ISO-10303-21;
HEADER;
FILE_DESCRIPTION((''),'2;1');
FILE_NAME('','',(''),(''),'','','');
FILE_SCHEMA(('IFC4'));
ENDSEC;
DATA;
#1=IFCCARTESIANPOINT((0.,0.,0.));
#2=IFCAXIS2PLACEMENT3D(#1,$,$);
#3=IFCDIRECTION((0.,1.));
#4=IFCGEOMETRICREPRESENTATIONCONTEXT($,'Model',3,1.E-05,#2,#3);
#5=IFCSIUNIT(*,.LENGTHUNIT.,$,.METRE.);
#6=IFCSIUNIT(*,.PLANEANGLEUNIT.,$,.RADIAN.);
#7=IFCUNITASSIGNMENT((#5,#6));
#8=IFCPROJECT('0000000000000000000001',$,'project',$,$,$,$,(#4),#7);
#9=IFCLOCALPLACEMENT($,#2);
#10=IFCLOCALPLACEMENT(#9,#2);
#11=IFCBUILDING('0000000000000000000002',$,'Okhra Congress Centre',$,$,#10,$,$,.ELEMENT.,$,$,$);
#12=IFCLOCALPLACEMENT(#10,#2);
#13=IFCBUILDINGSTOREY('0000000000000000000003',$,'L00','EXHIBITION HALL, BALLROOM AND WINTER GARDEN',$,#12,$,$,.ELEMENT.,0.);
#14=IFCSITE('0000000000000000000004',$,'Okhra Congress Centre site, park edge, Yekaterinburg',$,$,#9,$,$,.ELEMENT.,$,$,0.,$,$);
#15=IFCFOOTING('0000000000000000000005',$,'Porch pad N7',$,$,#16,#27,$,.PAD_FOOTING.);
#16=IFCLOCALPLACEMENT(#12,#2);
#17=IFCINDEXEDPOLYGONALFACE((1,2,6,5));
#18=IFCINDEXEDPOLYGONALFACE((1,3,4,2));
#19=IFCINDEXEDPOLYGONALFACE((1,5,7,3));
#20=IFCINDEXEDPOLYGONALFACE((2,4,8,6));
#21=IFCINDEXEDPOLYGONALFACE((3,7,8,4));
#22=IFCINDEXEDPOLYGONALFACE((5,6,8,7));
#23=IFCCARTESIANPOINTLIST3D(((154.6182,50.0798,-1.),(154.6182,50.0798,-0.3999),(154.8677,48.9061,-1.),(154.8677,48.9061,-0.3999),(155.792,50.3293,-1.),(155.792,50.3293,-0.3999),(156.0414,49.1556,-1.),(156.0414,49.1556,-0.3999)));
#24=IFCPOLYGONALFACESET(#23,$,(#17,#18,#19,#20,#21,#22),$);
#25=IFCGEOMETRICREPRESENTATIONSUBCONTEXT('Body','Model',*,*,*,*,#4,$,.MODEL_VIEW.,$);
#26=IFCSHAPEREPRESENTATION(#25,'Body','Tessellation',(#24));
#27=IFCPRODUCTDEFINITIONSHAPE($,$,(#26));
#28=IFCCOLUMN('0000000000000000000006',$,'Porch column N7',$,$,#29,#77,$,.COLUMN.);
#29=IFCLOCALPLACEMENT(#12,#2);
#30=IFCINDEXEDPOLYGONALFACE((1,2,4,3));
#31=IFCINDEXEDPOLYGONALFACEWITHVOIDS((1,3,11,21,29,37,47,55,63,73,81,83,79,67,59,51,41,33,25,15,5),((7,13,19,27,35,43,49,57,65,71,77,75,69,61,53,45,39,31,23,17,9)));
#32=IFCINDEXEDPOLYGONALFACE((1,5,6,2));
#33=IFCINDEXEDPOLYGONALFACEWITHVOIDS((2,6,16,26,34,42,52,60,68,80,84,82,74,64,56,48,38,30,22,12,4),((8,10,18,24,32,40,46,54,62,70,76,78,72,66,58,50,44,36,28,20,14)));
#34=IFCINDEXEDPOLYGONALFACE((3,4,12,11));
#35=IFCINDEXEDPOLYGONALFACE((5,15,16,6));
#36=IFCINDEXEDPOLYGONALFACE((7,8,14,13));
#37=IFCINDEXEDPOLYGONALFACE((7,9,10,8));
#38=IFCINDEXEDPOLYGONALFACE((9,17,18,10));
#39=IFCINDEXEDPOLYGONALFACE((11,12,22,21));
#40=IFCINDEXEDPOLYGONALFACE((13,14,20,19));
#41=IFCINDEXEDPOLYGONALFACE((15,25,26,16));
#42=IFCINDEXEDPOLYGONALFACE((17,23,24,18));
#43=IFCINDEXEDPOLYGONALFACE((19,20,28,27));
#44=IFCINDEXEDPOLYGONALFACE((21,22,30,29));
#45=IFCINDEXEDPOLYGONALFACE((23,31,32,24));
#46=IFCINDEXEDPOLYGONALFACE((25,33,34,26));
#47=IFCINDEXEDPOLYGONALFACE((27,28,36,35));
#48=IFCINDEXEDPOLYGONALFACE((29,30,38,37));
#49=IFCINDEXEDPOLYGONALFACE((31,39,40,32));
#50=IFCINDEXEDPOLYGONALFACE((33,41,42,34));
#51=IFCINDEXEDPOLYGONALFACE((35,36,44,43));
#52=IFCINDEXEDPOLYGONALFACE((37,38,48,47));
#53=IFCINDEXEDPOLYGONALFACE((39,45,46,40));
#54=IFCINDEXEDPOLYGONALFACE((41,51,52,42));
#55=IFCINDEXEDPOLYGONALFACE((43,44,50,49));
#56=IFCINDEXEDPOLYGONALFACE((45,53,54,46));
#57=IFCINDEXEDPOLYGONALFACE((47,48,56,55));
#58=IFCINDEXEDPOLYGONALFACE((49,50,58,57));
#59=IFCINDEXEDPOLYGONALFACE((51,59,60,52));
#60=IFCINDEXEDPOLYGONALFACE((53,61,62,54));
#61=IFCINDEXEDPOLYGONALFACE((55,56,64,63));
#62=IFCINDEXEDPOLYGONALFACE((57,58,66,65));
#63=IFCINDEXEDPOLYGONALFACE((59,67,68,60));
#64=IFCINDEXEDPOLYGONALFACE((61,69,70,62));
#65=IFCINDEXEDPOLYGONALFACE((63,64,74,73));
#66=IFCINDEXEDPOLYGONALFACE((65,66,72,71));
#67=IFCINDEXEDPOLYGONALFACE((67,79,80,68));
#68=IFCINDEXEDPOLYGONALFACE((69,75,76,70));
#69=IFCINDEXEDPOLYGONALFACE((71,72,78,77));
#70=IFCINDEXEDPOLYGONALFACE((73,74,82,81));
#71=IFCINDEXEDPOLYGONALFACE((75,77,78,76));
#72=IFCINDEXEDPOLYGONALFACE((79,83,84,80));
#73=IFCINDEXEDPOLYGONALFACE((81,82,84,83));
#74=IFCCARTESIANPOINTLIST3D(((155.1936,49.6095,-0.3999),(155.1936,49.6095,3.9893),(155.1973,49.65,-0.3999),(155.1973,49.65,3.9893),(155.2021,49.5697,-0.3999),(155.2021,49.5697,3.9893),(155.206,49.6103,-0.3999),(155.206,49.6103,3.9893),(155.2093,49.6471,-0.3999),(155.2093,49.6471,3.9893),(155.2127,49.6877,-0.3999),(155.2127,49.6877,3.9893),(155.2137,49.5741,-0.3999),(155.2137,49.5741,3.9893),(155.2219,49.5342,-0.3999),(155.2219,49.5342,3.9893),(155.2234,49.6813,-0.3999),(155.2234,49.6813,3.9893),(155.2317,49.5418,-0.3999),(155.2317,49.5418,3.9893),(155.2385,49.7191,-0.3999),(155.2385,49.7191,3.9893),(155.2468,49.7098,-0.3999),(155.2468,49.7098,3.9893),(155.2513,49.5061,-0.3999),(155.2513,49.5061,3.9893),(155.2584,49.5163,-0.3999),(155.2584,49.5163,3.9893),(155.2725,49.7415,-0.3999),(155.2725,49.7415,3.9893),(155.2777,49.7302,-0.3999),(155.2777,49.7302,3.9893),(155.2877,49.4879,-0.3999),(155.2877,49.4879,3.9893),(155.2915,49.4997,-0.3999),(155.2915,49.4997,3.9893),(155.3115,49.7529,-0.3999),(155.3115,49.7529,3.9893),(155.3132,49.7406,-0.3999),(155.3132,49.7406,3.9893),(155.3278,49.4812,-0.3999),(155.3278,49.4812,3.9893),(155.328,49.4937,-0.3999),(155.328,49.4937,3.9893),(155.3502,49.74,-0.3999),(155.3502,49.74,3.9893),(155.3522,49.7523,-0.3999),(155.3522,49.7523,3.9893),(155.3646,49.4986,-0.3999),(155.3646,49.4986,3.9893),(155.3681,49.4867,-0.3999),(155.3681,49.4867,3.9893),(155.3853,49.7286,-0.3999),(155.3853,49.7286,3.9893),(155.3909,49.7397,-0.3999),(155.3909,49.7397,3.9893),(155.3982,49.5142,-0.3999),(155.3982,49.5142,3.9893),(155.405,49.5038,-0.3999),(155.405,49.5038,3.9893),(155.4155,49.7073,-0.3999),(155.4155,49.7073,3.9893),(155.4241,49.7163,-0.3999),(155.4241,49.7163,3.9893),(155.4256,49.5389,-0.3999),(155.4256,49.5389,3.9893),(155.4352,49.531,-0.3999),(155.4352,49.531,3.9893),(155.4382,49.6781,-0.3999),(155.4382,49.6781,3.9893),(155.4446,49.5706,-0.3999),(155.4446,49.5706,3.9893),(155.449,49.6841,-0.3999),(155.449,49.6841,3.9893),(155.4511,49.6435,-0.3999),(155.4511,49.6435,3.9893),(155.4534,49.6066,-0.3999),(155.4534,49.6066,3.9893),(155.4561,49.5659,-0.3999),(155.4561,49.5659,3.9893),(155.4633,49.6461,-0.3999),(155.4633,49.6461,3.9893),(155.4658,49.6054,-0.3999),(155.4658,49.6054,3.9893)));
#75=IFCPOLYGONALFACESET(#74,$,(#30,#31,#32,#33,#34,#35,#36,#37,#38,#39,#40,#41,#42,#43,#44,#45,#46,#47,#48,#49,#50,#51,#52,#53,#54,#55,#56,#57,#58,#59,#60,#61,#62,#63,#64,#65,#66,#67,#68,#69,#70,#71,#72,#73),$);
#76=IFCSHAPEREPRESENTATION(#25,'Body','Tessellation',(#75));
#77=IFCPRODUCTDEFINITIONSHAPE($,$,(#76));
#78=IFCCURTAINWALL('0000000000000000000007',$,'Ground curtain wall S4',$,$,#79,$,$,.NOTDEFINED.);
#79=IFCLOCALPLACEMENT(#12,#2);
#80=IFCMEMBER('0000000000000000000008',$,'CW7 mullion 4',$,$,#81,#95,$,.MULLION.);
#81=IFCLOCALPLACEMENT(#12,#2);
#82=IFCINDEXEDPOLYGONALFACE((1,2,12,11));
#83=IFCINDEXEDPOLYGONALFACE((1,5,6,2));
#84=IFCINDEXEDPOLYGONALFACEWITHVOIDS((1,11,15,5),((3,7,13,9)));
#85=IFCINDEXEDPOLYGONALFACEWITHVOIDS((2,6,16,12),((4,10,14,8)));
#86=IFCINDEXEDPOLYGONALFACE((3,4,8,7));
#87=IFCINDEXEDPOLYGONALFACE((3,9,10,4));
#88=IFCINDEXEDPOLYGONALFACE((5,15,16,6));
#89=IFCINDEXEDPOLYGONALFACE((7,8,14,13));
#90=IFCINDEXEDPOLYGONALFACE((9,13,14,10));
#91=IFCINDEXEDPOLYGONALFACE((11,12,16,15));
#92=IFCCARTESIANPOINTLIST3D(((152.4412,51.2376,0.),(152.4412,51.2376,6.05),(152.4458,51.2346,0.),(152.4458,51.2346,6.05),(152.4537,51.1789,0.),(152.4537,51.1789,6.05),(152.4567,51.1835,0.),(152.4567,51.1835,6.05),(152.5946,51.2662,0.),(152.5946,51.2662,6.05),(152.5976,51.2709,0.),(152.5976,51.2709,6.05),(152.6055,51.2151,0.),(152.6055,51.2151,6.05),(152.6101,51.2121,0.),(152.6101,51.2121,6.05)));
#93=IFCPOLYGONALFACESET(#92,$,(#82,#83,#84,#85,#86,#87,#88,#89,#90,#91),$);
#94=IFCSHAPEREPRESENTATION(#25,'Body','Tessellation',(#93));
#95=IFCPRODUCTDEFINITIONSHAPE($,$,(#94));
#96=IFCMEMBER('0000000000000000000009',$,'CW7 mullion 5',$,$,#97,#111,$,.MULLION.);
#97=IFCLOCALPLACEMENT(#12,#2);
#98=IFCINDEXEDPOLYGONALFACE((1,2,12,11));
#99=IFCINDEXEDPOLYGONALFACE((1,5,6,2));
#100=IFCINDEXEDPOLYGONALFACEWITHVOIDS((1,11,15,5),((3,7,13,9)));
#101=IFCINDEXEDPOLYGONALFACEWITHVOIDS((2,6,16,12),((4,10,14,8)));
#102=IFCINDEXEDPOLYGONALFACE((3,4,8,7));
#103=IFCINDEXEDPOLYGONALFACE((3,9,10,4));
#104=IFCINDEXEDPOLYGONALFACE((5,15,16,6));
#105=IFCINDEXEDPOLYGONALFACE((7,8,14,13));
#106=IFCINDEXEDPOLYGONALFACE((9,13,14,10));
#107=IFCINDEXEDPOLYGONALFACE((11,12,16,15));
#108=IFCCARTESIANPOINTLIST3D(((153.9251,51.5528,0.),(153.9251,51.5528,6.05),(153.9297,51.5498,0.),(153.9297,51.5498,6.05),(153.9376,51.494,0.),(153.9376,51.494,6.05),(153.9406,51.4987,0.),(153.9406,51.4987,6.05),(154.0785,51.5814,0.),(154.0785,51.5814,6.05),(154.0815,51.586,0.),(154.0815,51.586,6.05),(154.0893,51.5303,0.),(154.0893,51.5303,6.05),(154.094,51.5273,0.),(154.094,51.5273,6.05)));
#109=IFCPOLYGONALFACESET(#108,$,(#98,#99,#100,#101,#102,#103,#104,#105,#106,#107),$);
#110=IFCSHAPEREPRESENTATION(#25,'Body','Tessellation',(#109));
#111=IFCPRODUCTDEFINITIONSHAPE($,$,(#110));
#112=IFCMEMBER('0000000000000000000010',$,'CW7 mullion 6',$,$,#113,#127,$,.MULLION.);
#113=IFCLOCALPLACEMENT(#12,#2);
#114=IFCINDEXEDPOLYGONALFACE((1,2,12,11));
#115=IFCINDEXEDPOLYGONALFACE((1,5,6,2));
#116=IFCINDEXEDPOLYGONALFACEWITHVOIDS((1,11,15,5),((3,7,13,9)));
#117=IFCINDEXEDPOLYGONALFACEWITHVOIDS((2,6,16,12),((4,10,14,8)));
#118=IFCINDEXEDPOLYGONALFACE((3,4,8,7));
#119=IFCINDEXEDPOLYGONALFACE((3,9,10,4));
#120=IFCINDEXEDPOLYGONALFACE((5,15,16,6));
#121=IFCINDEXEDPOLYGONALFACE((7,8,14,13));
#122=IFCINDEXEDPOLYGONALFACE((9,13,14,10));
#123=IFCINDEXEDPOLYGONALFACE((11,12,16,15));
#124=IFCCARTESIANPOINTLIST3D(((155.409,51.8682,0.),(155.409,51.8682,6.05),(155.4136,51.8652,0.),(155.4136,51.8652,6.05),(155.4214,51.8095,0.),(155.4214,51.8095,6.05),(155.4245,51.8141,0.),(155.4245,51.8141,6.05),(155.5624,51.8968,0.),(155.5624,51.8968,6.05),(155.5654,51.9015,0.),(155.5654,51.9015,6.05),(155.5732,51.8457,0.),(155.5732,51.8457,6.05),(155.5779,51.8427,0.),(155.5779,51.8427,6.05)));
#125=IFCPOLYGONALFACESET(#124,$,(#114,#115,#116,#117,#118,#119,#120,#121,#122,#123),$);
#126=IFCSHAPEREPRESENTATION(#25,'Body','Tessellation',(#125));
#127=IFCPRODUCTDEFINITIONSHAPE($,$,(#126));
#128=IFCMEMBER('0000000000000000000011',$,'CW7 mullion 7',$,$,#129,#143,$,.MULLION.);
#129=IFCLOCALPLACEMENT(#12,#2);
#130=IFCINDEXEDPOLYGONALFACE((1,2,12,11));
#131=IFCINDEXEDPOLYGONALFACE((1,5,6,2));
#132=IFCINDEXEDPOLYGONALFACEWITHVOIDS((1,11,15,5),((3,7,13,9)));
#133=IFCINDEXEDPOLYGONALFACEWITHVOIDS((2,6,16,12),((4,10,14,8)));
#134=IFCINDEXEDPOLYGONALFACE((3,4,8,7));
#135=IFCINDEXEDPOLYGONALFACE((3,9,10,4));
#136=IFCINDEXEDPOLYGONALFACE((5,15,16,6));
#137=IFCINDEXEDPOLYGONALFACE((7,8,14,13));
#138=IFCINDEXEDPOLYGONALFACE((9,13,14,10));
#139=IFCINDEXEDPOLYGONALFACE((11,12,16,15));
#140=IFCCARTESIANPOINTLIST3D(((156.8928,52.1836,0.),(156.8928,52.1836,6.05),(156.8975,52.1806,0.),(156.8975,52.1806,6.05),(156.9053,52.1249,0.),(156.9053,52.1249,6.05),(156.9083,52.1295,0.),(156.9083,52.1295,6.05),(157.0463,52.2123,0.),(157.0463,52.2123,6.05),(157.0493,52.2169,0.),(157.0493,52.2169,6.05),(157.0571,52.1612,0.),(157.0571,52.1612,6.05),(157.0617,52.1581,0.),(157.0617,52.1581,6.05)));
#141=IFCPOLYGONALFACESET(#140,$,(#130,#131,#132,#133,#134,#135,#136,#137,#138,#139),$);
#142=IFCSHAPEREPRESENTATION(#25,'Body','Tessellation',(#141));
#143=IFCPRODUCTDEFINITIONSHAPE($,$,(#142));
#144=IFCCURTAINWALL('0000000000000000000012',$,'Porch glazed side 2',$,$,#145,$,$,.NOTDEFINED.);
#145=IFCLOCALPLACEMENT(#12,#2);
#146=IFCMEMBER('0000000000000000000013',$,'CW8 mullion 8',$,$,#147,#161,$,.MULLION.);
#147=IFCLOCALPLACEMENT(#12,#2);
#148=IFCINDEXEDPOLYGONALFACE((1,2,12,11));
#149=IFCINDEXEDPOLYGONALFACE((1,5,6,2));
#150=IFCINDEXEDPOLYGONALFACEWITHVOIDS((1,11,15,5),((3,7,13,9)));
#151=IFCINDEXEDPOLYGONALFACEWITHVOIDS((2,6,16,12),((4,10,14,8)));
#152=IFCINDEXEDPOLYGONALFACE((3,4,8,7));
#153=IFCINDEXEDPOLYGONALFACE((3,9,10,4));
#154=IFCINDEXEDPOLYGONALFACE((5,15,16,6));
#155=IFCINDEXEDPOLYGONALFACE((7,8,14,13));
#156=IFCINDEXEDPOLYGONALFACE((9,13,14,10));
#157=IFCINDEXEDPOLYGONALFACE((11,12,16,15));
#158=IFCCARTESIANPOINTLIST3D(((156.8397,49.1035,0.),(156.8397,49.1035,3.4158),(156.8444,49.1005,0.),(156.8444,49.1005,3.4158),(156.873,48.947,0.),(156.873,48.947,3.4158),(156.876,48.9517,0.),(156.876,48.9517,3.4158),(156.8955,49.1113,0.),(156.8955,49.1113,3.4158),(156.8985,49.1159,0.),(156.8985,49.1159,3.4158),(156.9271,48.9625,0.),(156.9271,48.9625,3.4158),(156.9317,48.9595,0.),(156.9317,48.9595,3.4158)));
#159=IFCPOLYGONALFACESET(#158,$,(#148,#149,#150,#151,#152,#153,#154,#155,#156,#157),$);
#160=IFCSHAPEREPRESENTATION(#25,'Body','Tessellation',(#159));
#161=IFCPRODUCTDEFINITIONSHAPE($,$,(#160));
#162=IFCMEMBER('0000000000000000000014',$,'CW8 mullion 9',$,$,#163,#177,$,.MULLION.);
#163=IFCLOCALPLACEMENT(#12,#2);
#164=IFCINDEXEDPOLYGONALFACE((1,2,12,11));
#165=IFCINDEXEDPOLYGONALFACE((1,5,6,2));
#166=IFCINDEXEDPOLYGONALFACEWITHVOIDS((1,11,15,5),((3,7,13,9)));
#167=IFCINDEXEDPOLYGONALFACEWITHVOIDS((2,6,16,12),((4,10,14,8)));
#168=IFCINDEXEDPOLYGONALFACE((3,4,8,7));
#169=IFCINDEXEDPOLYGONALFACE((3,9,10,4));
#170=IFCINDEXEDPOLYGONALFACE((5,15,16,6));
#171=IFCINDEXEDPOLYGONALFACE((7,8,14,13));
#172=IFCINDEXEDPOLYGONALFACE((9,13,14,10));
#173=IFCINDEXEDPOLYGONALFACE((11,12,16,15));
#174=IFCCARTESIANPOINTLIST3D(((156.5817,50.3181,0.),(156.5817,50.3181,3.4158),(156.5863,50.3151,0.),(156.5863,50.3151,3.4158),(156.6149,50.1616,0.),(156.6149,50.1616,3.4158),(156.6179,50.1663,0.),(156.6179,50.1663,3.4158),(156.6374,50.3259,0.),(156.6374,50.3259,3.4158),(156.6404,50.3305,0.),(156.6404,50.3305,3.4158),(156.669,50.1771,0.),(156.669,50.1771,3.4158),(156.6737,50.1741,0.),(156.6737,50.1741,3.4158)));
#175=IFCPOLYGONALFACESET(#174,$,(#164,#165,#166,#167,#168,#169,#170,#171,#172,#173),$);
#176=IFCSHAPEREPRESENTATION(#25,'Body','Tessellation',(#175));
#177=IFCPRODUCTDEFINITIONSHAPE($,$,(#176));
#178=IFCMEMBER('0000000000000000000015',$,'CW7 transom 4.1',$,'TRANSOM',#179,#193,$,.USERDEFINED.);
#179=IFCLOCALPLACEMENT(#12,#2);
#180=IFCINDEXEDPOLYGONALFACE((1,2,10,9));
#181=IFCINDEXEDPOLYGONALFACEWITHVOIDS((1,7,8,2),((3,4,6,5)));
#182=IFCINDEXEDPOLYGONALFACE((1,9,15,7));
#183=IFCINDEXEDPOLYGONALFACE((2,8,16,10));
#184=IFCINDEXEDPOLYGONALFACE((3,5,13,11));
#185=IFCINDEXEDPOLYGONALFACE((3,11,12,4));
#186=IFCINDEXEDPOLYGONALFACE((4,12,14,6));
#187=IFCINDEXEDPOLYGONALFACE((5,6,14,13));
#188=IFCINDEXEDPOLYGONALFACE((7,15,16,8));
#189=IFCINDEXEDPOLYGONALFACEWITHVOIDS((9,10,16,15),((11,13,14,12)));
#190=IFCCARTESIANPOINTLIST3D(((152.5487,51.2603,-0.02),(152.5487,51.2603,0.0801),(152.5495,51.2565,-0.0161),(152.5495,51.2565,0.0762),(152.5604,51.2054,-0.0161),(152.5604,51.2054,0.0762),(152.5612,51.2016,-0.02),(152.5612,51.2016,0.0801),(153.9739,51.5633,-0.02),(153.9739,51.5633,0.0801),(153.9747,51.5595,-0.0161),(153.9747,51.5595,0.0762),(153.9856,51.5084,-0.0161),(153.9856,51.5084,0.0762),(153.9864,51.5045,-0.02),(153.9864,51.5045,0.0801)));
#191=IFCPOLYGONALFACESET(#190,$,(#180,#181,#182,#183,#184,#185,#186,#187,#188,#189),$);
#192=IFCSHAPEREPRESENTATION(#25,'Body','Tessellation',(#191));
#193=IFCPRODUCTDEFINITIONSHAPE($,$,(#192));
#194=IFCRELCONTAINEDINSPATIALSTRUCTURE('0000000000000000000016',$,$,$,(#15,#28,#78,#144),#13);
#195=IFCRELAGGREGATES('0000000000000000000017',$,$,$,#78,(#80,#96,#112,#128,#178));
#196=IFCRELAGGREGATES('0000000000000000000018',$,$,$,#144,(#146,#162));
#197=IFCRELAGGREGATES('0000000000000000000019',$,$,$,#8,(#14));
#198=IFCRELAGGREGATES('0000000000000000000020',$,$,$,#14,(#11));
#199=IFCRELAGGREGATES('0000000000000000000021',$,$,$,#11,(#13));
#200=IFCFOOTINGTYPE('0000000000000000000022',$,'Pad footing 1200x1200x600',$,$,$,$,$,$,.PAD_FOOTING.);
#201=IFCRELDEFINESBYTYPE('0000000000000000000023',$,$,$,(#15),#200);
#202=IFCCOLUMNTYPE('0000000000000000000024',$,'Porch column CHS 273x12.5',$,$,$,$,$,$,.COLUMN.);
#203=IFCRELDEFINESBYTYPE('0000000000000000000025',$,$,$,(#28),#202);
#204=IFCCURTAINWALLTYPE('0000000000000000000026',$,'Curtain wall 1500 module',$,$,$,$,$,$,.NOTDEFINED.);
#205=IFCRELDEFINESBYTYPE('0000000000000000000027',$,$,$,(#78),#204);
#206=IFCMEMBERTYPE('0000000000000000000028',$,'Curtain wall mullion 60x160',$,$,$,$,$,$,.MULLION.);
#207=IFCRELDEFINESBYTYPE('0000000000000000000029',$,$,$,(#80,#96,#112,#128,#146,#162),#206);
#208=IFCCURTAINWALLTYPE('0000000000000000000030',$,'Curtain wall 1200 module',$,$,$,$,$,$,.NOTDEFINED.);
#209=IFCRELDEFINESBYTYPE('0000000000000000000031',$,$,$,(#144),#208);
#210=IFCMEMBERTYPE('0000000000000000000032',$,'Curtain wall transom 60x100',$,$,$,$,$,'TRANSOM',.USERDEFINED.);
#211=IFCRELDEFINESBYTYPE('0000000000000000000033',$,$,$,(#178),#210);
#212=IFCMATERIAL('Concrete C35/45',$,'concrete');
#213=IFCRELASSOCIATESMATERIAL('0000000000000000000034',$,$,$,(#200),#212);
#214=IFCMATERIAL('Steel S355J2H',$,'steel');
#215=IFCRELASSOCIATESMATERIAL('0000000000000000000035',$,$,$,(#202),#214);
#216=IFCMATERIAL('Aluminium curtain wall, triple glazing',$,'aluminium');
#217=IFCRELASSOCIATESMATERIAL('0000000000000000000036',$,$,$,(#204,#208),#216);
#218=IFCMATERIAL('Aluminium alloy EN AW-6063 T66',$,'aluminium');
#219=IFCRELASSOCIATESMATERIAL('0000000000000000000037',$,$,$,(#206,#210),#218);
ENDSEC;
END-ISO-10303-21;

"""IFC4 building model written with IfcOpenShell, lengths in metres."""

from ifc_helpers import new_model, si_unit, direction, frame, origin, origin_2d, place, context, subcontext, project, spatial, rectangle, hollow_rectangle, hollow_circle, extrude, material, material_profile, profile_set, type_object, element, aggregate, save


model = new_model("IFC4")

# Units and contexts
model_context = context("Model", 3, precision=1e-05, world=origin(), true_north=direction((0.0, 1.0)))
body_context = subcontext(model_context, "Body", "Model", "MODEL_VIEW")
ifc_project = project(units=[si_unit("LENGTHUNIT", "METRE"), si_unit("PLANEANGLEUNIT", "RADIAN")], contexts=[model_context])

# Site, building, storey
site_placement = place(None, origin())
site = spatial("IfcSite", under=ifc_project, at=site_placement, Name="Okhra Congress Centre site, park edge, Yekaterinburg", CompositionType="ELEMENT", RefElevation=0.0)
building_placement = place(site_placement, origin())
building = spatial("IfcBuilding", under=site, at=building_placement, Name="Okhra Congress Centre", CompositionType="ELEMENT")
storey_placement = place(building_placement, origin())
storey = spatial("IfcBuildingStorey", under=building, at=storey_placement, Name="L00", Description="EXHIBITION HALL, BALLROOM AND WINTER GARDEN", CompositionType="ELEMENT", Elevation=0.0)

# Footing
ifc_material_1 = material(Name="Concrete C35/45", Category="concrete")
footing_type = type_object("IfcFootingType", Name="Pad footing 1200x1200x600", PredefinedType="PAD_FOOTING", material=ifc_material_1)
footing_placement = place(storey_placement, frame((155.3298, 49.6177, -1.0), z_axis=(0.0, 0.0, 1.0), x_axis=(0.978148, 0.207912, 0.0)))
element("IfcFooting", 1, at=footing_placement, inside=storey, type_object=footing_type, Name="Porch pad N7", PredefinedType="PAD_FOOTING", context=body_context, shape_type="SweptSolid", body=[
    extrude(rectangle(XDim=1.2, YDim=1.2, at=origin_2d()), origin(), (0.0, 0.0, 1.0), 0.6001),
])

# Column
ifc_material_2 = material(Name="Steel S355J2H", Category="steel")
ifc_material_profile_1 = material_profile(ifc_material_2, hollow_circle(Radius=0.1365, WallThickness=0.0125, at=origin_2d()), Name="CHS 273x12.5")
ifc_profile_set_1 = profile_set([ifc_material_profile_1], Name="Steel S355J2H")
column_type = type_object("IfcColumnType", Name="Porch column CHS 273x12.5", PredefinedType="COLUMN", material=ifc_profile_set_1)
column_placement = place(storey_placement, frame((155.3298, 49.6177, -0.3999), z_axis=(0.0, 0.0, 1.0), x_axis=(0.978148, 0.207912, 0.0)))
element("IfcColumn", 2, at=column_placement, inside=storey, type_object=column_type, Name="Porch column N7", PredefinedType="COLUMN", context=body_context, shape_type="SweptSolid", body=[
    extrude(hollow_circle(Radius=0.1365, WallThickness=0.0125, at=origin_2d()), origin(), (0.0, 0.0, 1.0), 4.3892),
])

# Curtain walls, members
ifc_material_3 = material(Name="Aluminium curtain wall, triple glazing", Category="aluminium")
curtain_wall_type_1 = type_object("IfcCurtainWallType", Name="Curtain wall 1500 module", PredefinedType="NOTDEFINED", material=ifc_material_3)
curtain_wall_1_placement = place(storey_placement, origin())
curtain_wall_1 = element("IfcCurtainWall", 3, at=curtain_wall_1_placement, inside=storey, type_object=curtain_wall_type_1, Name="Ground curtain wall S4", PredefinedType="NOTDEFINED")
ifc_material_4 = material(Name="Aluminium alloy EN AW-6063 T66", Category="aluminium")
ifc_material_profile_2 = material_profile(ifc_material_4, hollow_rectangle(XDim=0.0601, YDim=0.1599, WallThickness=0.0039, at=origin_2d()), Name="RHS 60x160x4")
ifc_profile_set_2 = profile_set([ifc_material_profile_2], Name="Aluminium alloy EN AW-6063 T66")
member_type_1 = type_object("IfcMemberType", Name="Curtain wall mullion 60x160", PredefinedType="MULLION", material=ifc_profile_set_2)
member_1_placement = place(storey_placement, frame((152.5256, 51.2249, 0.0), z_axis=(0.0, 0.0, 1.0), x_axis=(-0.207912, 0.978148, 0.0)))
member_1 = element("IfcMember", 4, at=member_1_placement, type_object=member_type_1, Name="CW7 mullion 4", PredefinedType="MULLION", context=body_context, shape_type="SweptSolid", body=[
    extrude(hollow_rectangle(XDim=0.0601, YDim=0.1599, WallThickness=0.0039, at=origin_2d()), origin(), (0.0, 0.0, 1.0), 6.05),
])
member_2_placement = place(storey_placement, frame((154.0095, 51.54, 0.0), z_axis=(0.0, 0.0, 1.0), x_axis=(-0.207912, 0.978148, 0.0)))
member_2 = element("IfcMember", 5, at=member_2_placement, type_object=member_type_1, Name="CW7 mullion 5", PredefinedType="MULLION", context=body_context, shape_type="SweptSolid", body=[
    extrude(hollow_rectangle(XDim=0.0601, YDim=0.1599, WallThickness=0.0039, at=origin_2d()), origin(), (0.0, 0.0, 1.0), 6.05),
])
member_3_placement = place(storey_placement, frame((155.4934, 51.8555, 0.0), z_axis=(0.0, 0.0, 1.0), x_axis=(-0.207912, 0.978148, 0.0)))
member_3 = element("IfcMember", 6, at=member_3_placement, type_object=member_type_1, Name="CW7 mullion 6", PredefinedType="MULLION", context=body_context, shape_type="SweptSolid", body=[
    extrude(hollow_rectangle(XDim=0.0601, YDim=0.1599, WallThickness=0.0039, at=origin_2d()), origin(), (0.0, 0.0, 1.0), 6.05),
])
member_4_placement = place(storey_placement, frame((156.9773, 52.1709, 0.0), z_axis=(0.0, 0.0, 1.0), x_axis=(-0.207912, 0.978148, 0.0)))
member_4 = element("IfcMember", 7, at=member_4_placement, type_object=member_type_1, Name="CW7 mullion 7", PredefinedType="MULLION", context=body_context, shape_type="SweptSolid", body=[
    extrude(hollow_rectangle(XDim=0.0601, YDim=0.1599, WallThickness=0.0039, at=origin_2d()), origin(), (0.0, 0.0, 1.0), 6.05),
])
curtain_wall_type_2 = type_object("IfcCurtainWallType", Name="Curtain wall 1200 module", PredefinedType="NOTDEFINED", material=ifc_material_3)
curtain_wall_2_placement = place(storey_placement, origin())
curtain_wall_2 = element("IfcCurtainWall", 8, at=curtain_wall_2_placement, inside=storey, type_object=curtain_wall_type_2, Name="Porch glazed side 2", PredefinedType="NOTDEFINED")
member_5_placement = place(storey_placement, frame((156.8857, 49.0315, 0.0), z_axis=(0.0, 0.0, 1.0), x_axis=(-0.978148, -0.207912, 0.0)))
member_5 = element("IfcMember", 9, at=member_5_placement, type_object=member_type_1, Name="CW8 mullion 8", PredefinedType="MULLION", context=body_context, shape_type="SweptSolid", body=[
    extrude(hollow_rectangle(XDim=0.0601, YDim=0.1599, WallThickness=0.0039, at=origin_2d()), origin(), (0.0, 0.0, 1.0), 3.4158),
])
member_6_placement = place(storey_placement, frame((156.6277, 50.2461, 0.0), z_axis=(0.0, 0.0, 1.0), x_axis=(-0.978148, -0.207912, 0.0)))
member_6 = element("IfcMember", 10, at=member_6_placement, type_object=member_type_1, Name="CW8 mullion 9", PredefinedType="MULLION", context=body_context, shape_type="SweptSolid", body=[
    extrude(hollow_rectangle(XDim=0.0601, YDim=0.1599, WallThickness=0.0039, at=origin_2d()), origin(), (0.0, 0.0, 1.0), 3.4158),
])

# Member
ifc_material_profile_3 = material_profile(ifc_material_4, hollow_rectangle(XDim=0.0601, YDim=0.1001, WallThickness=0.0039, at=origin_2d()), Name="RHS 60x100x4")
ifc_profile_set_3 = profile_set([ifc_material_profile_3], Name="Aluminium alloy EN AW-6063 T66")
member_type_2 = type_object("IfcMemberType", Name="Curtain wall transom 60x100", ElementType="TRANSOM", PredefinedType="USERDEFINED", material=ifc_profile_set_3)
member_7_placement = place(storey_placement, frame((152.5549, 51.231, 0.03), z_axis=(0.978144, 0.207927, 0.0), x_axis=(-0.207927, 0.978144, 0.0)))
member_7 = element("IfcMember", 11, at=member_7_placement, type_object=member_type_2, Name="CW7 transom 4.1", ObjectType="TRANSOM", PredefinedType="USERDEFINED", context=body_context, shape_type="SweptSolid", body=[
    extrude(hollow_rectangle(XDim=0.0601, YDim=0.1001, WallThickness=0.0039, at=origin_2d()), origin(), (0.0, 0.0, 1.0), 1.457),
])

aggregate(curtain_wall_1, [member_1, member_2, member_3, member_4, member_7])
aggregate(curtain_wall_2, [member_5, member_6])

save(model, "model.ifc")
